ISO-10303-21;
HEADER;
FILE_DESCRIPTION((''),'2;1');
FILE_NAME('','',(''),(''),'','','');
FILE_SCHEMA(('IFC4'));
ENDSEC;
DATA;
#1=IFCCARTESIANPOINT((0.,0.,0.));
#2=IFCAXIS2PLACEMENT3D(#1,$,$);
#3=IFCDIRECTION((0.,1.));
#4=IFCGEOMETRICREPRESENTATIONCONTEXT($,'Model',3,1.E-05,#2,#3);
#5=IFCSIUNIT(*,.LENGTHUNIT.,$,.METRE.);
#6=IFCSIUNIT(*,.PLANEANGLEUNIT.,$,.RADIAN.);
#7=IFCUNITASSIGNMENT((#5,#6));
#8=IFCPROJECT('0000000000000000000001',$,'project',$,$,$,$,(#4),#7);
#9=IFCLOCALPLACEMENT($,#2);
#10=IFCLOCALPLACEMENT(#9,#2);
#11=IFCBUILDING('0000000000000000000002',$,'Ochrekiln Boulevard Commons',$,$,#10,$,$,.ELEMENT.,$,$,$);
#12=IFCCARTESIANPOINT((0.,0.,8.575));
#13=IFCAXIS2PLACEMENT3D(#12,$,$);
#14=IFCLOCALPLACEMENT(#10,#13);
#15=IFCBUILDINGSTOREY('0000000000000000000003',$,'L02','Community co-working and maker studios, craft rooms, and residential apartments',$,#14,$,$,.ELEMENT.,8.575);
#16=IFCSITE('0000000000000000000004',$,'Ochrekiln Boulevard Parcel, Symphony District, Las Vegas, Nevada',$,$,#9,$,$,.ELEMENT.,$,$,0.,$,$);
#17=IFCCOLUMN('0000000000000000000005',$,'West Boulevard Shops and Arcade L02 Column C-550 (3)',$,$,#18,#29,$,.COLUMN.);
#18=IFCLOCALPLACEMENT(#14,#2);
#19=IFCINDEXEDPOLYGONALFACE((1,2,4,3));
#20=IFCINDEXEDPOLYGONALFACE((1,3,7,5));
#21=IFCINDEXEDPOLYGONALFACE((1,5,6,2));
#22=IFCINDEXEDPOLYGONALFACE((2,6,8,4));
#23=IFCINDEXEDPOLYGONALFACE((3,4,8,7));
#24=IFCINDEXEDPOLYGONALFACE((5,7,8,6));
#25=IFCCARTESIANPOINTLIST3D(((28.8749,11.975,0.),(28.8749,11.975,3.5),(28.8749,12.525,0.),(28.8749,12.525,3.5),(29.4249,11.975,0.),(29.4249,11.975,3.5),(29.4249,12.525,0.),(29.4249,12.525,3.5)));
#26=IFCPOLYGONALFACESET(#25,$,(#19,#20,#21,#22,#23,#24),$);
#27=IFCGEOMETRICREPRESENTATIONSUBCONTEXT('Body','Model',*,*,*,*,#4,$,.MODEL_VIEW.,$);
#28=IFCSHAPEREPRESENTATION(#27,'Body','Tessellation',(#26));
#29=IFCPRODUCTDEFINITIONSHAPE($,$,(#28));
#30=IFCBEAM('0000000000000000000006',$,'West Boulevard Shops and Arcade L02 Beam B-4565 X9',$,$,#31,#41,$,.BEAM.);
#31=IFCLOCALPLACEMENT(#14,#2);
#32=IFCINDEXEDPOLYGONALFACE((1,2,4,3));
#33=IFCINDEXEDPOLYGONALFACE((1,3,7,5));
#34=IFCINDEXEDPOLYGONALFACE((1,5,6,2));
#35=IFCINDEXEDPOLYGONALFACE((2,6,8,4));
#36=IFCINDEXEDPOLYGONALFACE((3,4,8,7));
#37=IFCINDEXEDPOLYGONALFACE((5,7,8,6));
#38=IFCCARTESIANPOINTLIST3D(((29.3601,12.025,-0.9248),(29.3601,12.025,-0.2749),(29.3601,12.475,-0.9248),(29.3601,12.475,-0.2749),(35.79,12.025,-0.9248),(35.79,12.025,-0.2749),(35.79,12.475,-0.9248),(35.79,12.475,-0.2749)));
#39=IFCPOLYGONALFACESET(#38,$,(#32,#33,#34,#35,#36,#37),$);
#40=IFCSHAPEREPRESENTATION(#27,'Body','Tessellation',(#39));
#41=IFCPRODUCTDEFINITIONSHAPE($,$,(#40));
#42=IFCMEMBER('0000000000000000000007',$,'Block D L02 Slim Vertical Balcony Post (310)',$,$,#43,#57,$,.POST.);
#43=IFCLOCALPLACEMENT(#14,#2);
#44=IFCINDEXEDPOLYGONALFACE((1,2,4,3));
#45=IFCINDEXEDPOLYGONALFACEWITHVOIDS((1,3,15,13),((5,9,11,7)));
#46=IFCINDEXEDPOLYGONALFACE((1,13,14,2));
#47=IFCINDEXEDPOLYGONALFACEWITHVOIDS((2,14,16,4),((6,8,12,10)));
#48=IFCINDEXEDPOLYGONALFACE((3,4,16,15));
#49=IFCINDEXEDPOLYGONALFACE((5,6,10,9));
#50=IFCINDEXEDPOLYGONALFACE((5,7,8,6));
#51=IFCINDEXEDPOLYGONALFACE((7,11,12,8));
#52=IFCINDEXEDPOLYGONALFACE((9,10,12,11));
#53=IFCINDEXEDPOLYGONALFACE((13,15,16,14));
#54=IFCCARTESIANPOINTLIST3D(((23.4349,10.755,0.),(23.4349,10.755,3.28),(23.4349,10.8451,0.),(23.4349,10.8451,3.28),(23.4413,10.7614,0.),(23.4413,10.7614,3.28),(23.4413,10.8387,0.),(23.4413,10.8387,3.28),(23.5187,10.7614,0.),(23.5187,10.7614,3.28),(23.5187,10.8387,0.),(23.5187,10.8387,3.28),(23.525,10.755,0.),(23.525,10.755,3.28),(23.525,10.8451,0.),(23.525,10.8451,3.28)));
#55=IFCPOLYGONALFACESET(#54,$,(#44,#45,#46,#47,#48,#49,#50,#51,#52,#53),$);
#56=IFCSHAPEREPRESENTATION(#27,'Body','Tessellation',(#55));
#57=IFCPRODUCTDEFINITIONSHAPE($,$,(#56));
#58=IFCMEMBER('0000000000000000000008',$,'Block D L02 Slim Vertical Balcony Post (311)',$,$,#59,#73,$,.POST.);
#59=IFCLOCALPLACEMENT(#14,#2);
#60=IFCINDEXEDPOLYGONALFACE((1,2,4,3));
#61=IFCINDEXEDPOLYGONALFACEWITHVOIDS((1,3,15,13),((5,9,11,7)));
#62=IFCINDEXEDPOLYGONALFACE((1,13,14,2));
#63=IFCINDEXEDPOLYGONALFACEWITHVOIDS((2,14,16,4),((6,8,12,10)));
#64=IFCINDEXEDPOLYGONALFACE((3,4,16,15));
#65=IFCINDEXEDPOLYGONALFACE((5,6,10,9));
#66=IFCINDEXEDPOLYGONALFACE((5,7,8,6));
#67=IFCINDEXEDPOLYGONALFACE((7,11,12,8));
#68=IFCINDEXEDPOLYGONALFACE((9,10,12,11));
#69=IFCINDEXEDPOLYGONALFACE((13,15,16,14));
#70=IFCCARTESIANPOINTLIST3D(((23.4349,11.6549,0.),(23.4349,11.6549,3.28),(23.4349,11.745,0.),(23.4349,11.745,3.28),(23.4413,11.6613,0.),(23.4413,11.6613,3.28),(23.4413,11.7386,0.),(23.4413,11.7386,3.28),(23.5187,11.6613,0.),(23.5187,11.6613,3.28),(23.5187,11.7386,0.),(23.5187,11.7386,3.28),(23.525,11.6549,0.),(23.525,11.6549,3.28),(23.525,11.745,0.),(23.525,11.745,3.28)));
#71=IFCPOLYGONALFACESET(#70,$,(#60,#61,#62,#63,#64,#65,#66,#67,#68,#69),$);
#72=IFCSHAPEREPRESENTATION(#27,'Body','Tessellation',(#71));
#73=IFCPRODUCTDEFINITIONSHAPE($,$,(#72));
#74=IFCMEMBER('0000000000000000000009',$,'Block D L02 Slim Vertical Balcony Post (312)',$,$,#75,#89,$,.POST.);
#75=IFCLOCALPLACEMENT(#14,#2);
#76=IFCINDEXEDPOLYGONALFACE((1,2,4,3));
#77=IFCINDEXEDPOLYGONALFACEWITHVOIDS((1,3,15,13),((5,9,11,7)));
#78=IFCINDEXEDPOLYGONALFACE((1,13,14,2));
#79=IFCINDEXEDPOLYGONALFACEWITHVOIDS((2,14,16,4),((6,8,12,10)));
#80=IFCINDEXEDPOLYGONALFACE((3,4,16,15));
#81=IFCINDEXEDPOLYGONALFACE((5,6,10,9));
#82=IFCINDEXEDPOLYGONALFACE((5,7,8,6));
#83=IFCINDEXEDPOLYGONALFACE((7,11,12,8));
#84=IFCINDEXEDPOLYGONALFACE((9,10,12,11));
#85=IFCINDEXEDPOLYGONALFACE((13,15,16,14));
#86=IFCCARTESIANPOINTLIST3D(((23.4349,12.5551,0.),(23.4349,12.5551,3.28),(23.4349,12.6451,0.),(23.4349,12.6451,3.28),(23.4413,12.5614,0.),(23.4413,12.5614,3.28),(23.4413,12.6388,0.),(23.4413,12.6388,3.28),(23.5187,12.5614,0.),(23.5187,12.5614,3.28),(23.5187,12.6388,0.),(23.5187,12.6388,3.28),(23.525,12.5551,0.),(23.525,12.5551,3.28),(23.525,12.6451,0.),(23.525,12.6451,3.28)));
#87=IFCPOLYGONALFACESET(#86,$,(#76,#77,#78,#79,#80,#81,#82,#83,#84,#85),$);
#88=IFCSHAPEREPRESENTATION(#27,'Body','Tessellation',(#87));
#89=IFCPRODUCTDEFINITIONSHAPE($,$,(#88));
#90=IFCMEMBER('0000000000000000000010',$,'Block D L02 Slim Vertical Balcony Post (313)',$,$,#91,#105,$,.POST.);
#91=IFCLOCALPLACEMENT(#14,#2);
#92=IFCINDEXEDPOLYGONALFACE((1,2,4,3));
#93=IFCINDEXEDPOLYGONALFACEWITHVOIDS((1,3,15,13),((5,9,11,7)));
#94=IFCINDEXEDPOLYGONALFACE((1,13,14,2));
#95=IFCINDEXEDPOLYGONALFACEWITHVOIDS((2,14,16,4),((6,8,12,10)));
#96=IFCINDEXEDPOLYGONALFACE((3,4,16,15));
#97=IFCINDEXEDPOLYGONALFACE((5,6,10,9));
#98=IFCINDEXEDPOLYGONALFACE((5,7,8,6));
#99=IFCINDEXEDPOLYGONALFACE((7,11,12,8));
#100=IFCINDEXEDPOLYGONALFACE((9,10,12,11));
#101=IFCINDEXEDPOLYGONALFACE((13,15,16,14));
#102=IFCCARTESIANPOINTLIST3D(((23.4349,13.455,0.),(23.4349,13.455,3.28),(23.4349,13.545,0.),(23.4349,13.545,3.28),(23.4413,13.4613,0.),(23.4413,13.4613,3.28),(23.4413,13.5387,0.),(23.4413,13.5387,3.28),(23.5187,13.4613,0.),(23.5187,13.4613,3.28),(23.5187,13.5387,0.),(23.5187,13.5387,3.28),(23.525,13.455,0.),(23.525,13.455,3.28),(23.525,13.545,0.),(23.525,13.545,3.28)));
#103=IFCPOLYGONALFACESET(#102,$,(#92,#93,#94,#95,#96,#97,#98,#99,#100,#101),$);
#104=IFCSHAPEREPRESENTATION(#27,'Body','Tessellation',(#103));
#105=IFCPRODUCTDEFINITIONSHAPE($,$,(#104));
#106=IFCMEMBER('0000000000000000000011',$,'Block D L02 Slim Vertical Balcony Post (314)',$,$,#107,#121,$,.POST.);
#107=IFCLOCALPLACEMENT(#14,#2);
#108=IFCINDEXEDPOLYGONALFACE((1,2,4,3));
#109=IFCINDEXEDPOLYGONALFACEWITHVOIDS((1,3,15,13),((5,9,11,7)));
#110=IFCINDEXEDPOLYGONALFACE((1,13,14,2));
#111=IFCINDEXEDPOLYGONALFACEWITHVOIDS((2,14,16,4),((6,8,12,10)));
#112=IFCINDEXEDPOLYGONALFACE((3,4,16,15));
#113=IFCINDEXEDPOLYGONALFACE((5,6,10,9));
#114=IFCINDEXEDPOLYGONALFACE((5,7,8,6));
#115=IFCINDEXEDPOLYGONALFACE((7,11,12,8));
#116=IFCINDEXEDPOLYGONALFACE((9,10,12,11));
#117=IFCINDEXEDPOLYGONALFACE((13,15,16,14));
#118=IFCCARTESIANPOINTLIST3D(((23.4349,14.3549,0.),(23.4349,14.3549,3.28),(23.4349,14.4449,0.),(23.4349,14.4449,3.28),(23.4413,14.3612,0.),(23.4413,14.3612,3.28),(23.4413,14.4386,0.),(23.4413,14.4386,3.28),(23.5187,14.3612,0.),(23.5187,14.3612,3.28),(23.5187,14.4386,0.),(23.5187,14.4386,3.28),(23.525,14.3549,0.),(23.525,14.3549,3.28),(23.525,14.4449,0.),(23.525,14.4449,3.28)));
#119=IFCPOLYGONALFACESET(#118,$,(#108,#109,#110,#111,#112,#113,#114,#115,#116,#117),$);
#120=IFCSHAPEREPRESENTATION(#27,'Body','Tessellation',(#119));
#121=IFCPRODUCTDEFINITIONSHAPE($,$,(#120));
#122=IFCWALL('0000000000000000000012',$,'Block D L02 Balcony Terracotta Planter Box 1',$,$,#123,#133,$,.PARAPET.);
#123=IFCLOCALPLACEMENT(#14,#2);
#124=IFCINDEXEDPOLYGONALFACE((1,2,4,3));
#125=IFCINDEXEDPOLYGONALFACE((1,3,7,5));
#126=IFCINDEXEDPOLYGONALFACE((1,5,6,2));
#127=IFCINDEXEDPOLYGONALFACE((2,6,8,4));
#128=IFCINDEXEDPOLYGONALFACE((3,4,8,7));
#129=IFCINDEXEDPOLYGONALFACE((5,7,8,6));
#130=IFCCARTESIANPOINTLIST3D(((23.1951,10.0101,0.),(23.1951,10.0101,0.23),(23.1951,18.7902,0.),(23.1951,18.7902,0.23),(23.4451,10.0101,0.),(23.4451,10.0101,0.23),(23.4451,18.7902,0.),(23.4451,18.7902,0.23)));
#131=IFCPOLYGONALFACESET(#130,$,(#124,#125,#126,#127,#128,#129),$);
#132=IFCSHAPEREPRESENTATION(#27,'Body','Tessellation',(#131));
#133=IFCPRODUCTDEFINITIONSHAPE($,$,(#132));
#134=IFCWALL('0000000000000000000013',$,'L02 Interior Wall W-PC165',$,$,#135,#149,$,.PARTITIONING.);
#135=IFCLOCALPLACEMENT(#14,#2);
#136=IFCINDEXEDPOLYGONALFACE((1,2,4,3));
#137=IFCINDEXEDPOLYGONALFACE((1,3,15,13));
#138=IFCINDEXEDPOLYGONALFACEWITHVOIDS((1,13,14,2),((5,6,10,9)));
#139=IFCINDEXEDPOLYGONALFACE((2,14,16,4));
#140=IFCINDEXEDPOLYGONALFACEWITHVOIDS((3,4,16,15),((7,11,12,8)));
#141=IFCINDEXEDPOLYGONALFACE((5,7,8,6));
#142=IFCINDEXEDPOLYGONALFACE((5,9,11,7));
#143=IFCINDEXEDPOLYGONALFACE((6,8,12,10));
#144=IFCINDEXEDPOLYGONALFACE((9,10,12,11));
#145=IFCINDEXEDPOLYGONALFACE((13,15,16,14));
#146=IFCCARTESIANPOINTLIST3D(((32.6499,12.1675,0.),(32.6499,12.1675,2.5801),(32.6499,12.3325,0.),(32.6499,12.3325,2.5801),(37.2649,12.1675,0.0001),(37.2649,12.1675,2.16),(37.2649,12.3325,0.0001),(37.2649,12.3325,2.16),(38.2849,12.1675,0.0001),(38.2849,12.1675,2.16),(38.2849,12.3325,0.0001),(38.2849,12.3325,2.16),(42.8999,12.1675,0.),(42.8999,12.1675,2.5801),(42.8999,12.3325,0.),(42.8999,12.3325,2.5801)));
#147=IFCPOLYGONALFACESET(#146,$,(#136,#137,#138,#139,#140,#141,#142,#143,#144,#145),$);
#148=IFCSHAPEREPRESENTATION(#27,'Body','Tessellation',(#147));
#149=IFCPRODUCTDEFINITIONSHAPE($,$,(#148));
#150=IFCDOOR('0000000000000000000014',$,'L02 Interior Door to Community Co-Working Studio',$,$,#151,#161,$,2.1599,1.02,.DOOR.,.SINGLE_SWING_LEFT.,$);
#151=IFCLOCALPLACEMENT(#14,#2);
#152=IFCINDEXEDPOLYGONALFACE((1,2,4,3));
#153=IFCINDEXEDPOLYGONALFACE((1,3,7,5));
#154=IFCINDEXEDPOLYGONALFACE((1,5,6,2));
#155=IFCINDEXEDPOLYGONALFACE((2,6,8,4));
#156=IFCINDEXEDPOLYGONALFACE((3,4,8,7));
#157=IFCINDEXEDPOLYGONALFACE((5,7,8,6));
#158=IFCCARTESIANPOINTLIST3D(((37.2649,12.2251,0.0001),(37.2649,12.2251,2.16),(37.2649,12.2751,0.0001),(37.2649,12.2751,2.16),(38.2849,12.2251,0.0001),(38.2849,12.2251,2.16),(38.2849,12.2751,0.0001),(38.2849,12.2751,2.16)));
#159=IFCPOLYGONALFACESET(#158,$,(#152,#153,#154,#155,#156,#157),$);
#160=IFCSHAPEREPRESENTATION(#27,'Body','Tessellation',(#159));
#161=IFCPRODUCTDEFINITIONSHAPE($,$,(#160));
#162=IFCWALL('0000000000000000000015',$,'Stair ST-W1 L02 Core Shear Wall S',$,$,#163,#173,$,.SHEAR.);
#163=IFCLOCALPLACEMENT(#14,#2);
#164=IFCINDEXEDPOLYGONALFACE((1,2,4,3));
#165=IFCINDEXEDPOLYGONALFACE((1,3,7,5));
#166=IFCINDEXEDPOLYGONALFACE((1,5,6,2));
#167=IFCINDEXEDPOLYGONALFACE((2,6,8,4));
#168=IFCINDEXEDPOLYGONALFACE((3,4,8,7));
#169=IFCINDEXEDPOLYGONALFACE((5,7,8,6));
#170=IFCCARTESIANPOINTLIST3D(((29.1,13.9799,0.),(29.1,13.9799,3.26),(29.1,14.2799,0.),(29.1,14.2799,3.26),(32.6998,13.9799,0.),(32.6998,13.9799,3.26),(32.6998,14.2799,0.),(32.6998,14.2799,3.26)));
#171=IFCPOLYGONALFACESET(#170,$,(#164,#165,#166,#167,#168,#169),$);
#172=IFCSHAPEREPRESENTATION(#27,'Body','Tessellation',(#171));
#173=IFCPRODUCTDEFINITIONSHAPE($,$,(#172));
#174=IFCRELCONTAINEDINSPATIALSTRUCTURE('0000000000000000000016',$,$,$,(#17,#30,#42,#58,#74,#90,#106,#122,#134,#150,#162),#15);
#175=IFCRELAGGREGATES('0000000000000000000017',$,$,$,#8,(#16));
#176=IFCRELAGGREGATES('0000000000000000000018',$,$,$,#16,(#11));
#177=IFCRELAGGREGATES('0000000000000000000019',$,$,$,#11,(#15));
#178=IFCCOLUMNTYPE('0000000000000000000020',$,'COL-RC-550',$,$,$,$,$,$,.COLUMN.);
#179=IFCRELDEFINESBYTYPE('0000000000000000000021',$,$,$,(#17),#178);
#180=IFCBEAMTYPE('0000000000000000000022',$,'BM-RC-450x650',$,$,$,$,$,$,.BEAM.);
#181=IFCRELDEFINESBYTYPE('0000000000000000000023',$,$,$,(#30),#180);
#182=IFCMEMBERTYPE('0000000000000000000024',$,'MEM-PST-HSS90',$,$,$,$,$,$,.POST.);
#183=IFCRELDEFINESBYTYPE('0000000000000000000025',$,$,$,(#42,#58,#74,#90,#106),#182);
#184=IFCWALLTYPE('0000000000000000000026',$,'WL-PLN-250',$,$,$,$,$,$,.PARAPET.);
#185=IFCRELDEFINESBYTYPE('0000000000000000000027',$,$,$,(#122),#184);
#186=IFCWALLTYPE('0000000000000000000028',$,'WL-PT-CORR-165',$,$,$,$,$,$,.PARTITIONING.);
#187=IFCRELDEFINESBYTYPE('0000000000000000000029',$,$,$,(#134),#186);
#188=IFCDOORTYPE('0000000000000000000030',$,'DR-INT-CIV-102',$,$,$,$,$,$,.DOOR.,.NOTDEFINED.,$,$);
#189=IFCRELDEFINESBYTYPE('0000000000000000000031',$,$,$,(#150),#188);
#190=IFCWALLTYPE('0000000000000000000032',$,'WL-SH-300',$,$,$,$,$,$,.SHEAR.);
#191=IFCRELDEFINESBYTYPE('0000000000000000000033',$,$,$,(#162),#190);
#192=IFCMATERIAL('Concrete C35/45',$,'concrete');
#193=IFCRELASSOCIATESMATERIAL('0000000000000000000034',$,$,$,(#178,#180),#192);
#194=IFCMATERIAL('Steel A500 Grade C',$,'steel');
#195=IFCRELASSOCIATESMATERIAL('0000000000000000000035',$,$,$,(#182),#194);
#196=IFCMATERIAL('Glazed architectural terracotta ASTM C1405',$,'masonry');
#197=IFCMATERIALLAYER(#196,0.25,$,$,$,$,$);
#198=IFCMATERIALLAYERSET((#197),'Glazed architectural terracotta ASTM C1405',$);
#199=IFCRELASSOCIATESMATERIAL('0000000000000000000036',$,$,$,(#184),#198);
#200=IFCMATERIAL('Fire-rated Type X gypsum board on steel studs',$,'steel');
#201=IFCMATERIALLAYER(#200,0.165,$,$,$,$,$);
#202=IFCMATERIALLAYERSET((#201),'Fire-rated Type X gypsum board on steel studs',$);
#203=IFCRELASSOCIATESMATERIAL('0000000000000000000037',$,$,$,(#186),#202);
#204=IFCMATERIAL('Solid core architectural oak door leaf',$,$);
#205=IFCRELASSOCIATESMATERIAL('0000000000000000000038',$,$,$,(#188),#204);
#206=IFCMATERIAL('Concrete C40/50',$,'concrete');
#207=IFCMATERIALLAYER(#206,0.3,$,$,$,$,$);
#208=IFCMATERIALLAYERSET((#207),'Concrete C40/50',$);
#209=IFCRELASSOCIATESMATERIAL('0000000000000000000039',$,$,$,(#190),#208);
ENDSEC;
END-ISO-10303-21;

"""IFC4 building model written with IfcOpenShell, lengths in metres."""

from ifc_helpers import new_model, si_unit, direction, frame, frame_2d, origin, origin_2d, place, context, subcontext, project, spatial, rectangle, hollow_rectangle, extrude, material, layer, layer_set, material_profile, profile_set, type_object, element, fill, save


model = new_model("IFC4")

# Units and contexts
model_context = context("Model", 3, precision=1e-05, world=origin(), true_north=direction((0.0, 1.0)))
body_context = subcontext(model_context, "Body", "Model", "MODEL_VIEW")
ifc_project = project(units=[si_unit("LENGTHUNIT", "METRE"), si_unit("PLANEANGLEUNIT", "RADIAN")], contexts=[model_context])

# Site, building, storey
site_placement = place(None, origin())
site = spatial("IfcSite", under=ifc_project, at=site_placement, Name="Ochrekiln Boulevard Parcel, Symphony District, Las Vegas, Nevada", CompositionType="ELEMENT", RefElevation=0.0)
building_placement = place(site_placement, origin())
building = spatial("IfcBuilding", under=site, at=building_placement, Name="Ochrekiln Boulevard Commons", CompositionType="ELEMENT")
storey_placement = place(building_placement, frame((0.0, 0.0, 8.575)))
storey = spatial("IfcBuildingStorey", under=building, at=storey_placement, Name="L02", Description="Community co-working and maker studios, craft rooms, and residential apartments", CompositionType="ELEMENT", Elevation=8.575)

# Column
ifc_material_1 = material(Name="Concrete C35/45", Category="concrete")
ifc_material_profile_1 = material_profile(ifc_material_1, rectangle(XDim=0.55, YDim=0.55, at=origin_2d()), Name="RC-COL-550x550")
ifc_profile_set_1 = profile_set([ifc_material_profile_1], Name="Concrete C35/45")
column_type = type_object("IfcColumnType", Name="COL-RC-550", PredefinedType="COLUMN", material=ifc_profile_set_1)
column_placement = place(storey_placement, frame((29.1499, 12.25, 0.0), z_axis=(0.0, 0.0, 1.0), x_axis=(1.0, 0.0, 0.0)))
element("IfcColumn", 1, at=column_placement, inside=storey, type_object=column_type, Name="West Boulevard Shops and Arcade L02 Column C-550 (3)", PredefinedType="COLUMN", context=body_context, shape_type="SweptSolid", body=[
    extrude(rectangle(XDim=0.55, YDim=0.55, at=origin_2d()), origin(), (0.0, 0.0, 1.0), 3.5),
])

# Beam
ifc_material_profile_2 = material_profile(ifc_material_1, rectangle(XDim=0.45, YDim=0.6499, at=origin_2d()), Name="RC-BM-450x650")
ifc_profile_set_2 = profile_set([ifc_material_profile_2], Name="Concrete C35/45")
beam_type = type_object("IfcBeamType", Name="BM-RC-450x650", PredefinedType="BEAM", material=ifc_profile_set_2)
beam_placement = place(storey_placement, frame((29.3601, 12.25, -0.5999), z_axis=(1.0, 0.0, 0.0), x_axis=(0.0, 1.0, 0.0)))
element("IfcBeam", 2, at=beam_placement, inside=storey, type_object=beam_type, Name="West Boulevard Shops and Arcade L02 Beam B-4565 X9", PredefinedType="BEAM", context=body_context, shape_type="SweptSolid", body=[
    extrude(rectangle(XDim=0.45, YDim=0.6499, at=origin_2d()), origin(), (0.0, 0.0, 1.0), 6.4299),
])

# Members
ifc_material_2 = material(Name="Steel A500 Grade C", Category="steel")
ifc_material_profile_3 = material_profile(ifc_material_2, hollow_rectangle(XDim=0.0901, YDim=0.0901, WallThickness=0.0063, at=origin_2d()), Name="HSS90X90X6.4")
ifc_profile_set_3 = profile_set([ifc_material_profile_3], Name="Steel A500 Grade C")
member_type = type_object("IfcMemberType", Name="MEM-PST-HSS90", PredefinedType="POST", material=ifc_profile_set_3)
for number, where, z_axis, x_axis, name in (
    (3, (23.48, 10.8, 0.0), (0.0, 0.0, 1.0), (1.0, 0.0, 0.0), "Block D L02 Slim Vertical Balcony Post (310)"),
    (4, (23.48, 11.7, 0.0), (0.0, 0.0, 1.0), (1.0, 0.0, 0.0), "Block D L02 Slim Vertical Balcony Post (311)"),
    (5, (23.48, 12.6001, 0.0), (0.0, 0.0, 1.0), (1.0, 0.0, 0.0), "Block D L02 Slim Vertical Balcony Post (312)"),
    (6, (23.48, 13.5, 0.0), (0.0, 0.0, 1.0), (1.0, 0.0, 0.0), "Block D L02 Slim Vertical Balcony Post (313)"),
    (7, (23.48, 14.3999, 0.0), (0.0, 0.0, 1.0), (1.0, 0.0, 0.0), "Block D L02 Slim Vertical Balcony Post (314)"),
):
    element("IfcMember", number, at=place(storey_placement, frame(where, z_axis=z_axis, x_axis=x_axis)), inside=storey, type_object=member_type, Name=name, PredefinedType="POST", context=body_context, shape_type="SweptSolid", body=[
        extrude(hollow_rectangle(XDim=0.0901, YDim=0.0901, WallThickness=0.0063, at=origin_2d()), origin(), (0.0, 0.0, 1.0), 3.28),
    ])

# Wall
ifc_material_3 = material(Name="Glazed architectural terracotta ASTM C1405", Category="masonry")
ifc_layer_1 = layer(ifc_material_3, 0.25)
ifc_layer_set_1 = layer_set([ifc_layer_1], Name="Glazed architectural terracotta ASTM C1405")
wall_type_1 = type_object("IfcWallType", Name="WL-PLN-250", PredefinedType="PARAPET", material=ifc_layer_set_1)
wall_1_placement = place(storey_placement, frame((23.3201, 10.01, 0.0), z_axis=(0.0, 0.0, 1.0), x_axis=(0.0, 1.0, 0.0)))
element("IfcWall", 8, at=wall_1_placement, inside=storey, type_object=wall_type_1, Name="Block D L02 Balcony Terracotta Planter Box 1", PredefinedType="PARAPET", context=body_context, shape_type="SweptSolid", body=[
    extrude(rectangle(XDim=8.78, YDim=0.25, at=frame_2d((4.3901, 0.0))), origin(), (0.0, 0.0, 1.0), 0.23),
])

# Wall, opening, door
ifc_material_4 = material(Name="Fire-rated Type X gypsum board on steel studs", Category="steel")
ifc_layer_2 = layer(ifc_material_4, 0.165)
ifc_layer_set_2 = layer_set([ifc_layer_2], Name="Fire-rated Type X gypsum board on steel studs")
wall_type_2 = type_object("IfcWallType", Name="WL-PT-CORR-165", PredefinedType="PARTITIONING", material=ifc_layer_set_2)
wall_2_placement = place(storey_placement, frame((32.6499, 12.25, 0.0), z_axis=(0.0, 0.0, 1.0), x_axis=(1.0, 0.0, 0.0)))
wall_2 = element("IfcWall", 9, at=wall_2_placement, inside=storey, type_object=wall_type_2, Name="L02 Interior Wall W-PC165", PredefinedType="PARTITIONING", context=body_context, shape_type="SweptSolid", body=[
    extrude(rectangle(XDim=10.25, YDim=0.165, at=frame_2d((5.125, 0.0))), origin(), (0.0, 0.0, 1.0), 2.5801),
])
opening_1_placement = place(wall_2_placement, frame((4.615, 0.0, 0.0)))
opening_1 = element("IfcOpeningElement", 10, at=opening_1_placement, cuts=wall_2, PredefinedType="OPENING", context=body_context, shape_type="SweptSolid", body=[
    extrude(rectangle(XDim=1.02, YDim=2.1599, at=frame_2d((0.51, 1.0801))), frame((0.0, 0.0925, 0.0), z_axis=(0.0, -1.0, 0.0), x_axis=(1.0, 0.0, 0.0)), (0.0, 0.0, 1.0), 0.1851),
])
ifc_material_5 = material(Name="Solid core architectural oak door leaf")
door_type_1 = type_object("IfcDoorType", Name="DR-INT-CIV-102", OperationType="NOTDEFINED", PredefinedType="DOOR", material=ifc_material_5)
door_1_placement = place(opening_1_placement, frame((1.02, 0.0, 0.0), z_axis=(0.0, 0.0, 1.0), x_axis=(-1.0, 0.0, 0.0)))
door_1 = element("IfcDoor", 11, at=door_1_placement, inside=storey, type_object=door_type_1, Name="L02 Interior Door to Community Co-Working Studio", OperationType="SINGLE_SWING_LEFT", OverallHeight=2.1599, OverallWidth=1.02, PredefinedType="DOOR", context=body_context, shape_type="SweptSolid", body=[
    extrude(rectangle(XDim=1.02, YDim=2.1599, at=frame_2d((0.51, 1.0801))), frame((0.0, 0.0249, 0.0), z_axis=(0.0, -1.0, 0.0), x_axis=(1.0, 0.0, 0.0)), (0.0, 0.0, 1.0), 0.05),
])
fill(opening_1, door_1)

# Wall
ifc_material_6 = material(Name="Concrete C40/50", Category="concrete")
ifc_layer_3 = layer(ifc_material_6, 0.3)
ifc_layer_set_3 = layer_set([ifc_layer_3], Name="Concrete C40/50")
wall_type_3 = type_object("IfcWallType", Name="WL-SH-300", PredefinedType="SHEAR", material=ifc_layer_set_3)
wall_3_placement = place(storey_placement, frame((29.1001, 14.1299, 0.0), z_axis=(0.0, 0.0, 1.0), x_axis=(1.0, 0.0, 0.0)))
element("IfcWall", 12, at=wall_3_placement, inside=storey, type_object=wall_type_3, Name="Stair ST-W1 L02 Core Shear Wall S", PredefinedType="SHEAR", context=body_context, shape_type="SweptSolid", body=[
    extrude(rectangle(XDim=3.5999, YDim=0.3, at=frame_2d((1.7998, 0.0))), origin(), (0.0, 0.0, 1.0), 3.26),
])

save(model, "model.ifc")
